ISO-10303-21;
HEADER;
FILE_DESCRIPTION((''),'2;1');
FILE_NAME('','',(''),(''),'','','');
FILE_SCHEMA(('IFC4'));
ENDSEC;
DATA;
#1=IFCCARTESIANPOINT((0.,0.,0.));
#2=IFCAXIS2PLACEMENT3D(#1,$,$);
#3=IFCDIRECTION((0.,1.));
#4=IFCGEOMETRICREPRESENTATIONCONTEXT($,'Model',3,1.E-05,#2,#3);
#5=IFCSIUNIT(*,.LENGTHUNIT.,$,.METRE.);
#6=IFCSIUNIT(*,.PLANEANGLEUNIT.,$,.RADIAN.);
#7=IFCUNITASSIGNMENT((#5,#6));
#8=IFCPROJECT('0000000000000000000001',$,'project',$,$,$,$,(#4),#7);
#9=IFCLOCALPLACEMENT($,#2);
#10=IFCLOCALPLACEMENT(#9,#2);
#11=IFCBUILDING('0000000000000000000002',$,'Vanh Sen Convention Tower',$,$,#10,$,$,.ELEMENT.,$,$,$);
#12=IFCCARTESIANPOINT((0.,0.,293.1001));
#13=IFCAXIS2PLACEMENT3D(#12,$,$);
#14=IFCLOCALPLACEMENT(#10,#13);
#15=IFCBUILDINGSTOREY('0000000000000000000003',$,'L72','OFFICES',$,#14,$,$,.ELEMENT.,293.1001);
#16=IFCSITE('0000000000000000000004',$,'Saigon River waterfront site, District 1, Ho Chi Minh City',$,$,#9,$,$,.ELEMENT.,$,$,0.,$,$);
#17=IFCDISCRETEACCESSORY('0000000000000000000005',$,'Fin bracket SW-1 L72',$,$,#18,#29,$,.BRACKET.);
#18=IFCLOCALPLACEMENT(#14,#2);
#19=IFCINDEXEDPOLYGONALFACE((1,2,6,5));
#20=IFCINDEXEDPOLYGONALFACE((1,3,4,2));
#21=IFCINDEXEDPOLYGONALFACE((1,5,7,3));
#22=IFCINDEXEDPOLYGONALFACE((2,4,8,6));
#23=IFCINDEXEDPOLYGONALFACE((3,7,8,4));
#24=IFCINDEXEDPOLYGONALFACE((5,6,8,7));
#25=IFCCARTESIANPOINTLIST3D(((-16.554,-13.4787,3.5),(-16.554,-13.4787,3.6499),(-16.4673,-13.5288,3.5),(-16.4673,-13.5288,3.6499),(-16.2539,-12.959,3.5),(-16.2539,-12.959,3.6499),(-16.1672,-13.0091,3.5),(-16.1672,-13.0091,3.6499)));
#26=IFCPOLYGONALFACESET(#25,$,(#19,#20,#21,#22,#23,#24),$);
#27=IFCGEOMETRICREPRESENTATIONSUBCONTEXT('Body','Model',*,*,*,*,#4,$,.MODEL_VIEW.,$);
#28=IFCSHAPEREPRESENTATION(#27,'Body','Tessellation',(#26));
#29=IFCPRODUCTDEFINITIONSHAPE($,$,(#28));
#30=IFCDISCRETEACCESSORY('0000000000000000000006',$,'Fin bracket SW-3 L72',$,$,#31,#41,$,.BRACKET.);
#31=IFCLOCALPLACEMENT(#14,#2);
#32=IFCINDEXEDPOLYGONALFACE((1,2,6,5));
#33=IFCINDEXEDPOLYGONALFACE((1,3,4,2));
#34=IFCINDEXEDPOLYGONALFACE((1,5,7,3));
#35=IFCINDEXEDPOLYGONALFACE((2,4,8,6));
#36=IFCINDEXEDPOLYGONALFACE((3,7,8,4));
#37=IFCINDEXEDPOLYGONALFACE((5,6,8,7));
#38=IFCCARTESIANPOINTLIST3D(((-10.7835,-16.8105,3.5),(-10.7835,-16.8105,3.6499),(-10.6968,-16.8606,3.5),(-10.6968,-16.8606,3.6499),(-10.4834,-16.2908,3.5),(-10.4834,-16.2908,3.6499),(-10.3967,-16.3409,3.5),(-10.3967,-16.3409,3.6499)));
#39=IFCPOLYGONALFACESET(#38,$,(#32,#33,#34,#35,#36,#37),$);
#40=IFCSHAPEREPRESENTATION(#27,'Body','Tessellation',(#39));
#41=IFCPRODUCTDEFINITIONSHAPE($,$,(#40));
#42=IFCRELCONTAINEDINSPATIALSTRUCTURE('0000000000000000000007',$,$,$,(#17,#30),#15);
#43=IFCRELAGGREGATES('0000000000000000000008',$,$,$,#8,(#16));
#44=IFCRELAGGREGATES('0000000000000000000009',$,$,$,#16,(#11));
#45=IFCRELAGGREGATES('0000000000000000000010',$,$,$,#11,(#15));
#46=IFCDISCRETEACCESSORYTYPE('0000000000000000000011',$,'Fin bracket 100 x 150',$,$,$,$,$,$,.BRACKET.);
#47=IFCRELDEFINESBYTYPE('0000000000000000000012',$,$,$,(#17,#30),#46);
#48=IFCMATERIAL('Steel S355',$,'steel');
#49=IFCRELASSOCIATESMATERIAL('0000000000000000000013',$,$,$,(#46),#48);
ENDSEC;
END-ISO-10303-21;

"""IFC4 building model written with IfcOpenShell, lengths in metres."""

from ifc_helpers import new_model, si_unit, direction, frame, origin, origin_2d, place, context, subcontext, project, spatial, rectangle, extrude, material, type_object, element, save


model = new_model("IFC4")

# Units and contexts
model_context = context("Model", 3, precision=1e-05, world=origin(), true_north=direction((0.0, 1.0)))
body_context = subcontext(model_context, "Body", "Model", "MODEL_VIEW")
ifc_project = project(units=[si_unit("LENGTHUNIT", "METRE"), si_unit("PLANEANGLEUNIT", "RADIAN")], contexts=[model_context])

# Site, building, storey
site_placement = place(None, origin())
site = spatial("IfcSite", under=ifc_project, at=site_placement, Name="Saigon River waterfront site, District 1, Ho Chi Minh City", CompositionType="ELEMENT", RefElevation=0.0)
building_placement = place(site_placement, origin())
building = spatial("IfcBuilding", under=site, at=building_placement, Name="Vanh Sen Convention Tower", CompositionType="ELEMENT")
storey_placement = place(building_placement, frame((0.0, 0.0, 293.1001)))
storey = spatial("IfcBuildingStorey", under=building, at=storey_placement, Name="L72", Description="OFFICES", CompositionType="ELEMENT", Elevation=293.1001)

# Discrete accessories
ifc_material_1 = material(Name="Steel S355", Category="steel")
discrete_accessory_type = type_object("IfcDiscreteAccessoryType", Name="Fin bracket 100 x 150", PredefinedType="BRACKET", material=ifc_material_1)
for number, where, z_axis, x_axis, name in (
    (1, (-16.3606, -13.2439, 3.5), (0.0, 0.0, 1.0), (-0.5, -0.866025, 0.0), "Fin bracket SW-1 L72"),
    (2, (-10.5901, -16.5757, 3.5), (0.0, 0.0, 1.0), (-0.5, -0.866025, 0.0), "Fin bracket SW-3 L72"),
):
    element("IfcDiscreteAccessory", number, at=place(storey_placement, frame(where, z_axis=z_axis, x_axis=x_axis)), inside=storey, type_object=discrete_accessory_type, Name=name, PredefinedType="BRACKET", context=body_context, shape_type="SweptSolid", body=[
        extrude(rectangle(XDim=0.6001, YDim=0.1001, at=origin_2d()), origin(), (0.0, 0.0, 1.0), 0.1499),
    ])

save(model, "model.ifc")
